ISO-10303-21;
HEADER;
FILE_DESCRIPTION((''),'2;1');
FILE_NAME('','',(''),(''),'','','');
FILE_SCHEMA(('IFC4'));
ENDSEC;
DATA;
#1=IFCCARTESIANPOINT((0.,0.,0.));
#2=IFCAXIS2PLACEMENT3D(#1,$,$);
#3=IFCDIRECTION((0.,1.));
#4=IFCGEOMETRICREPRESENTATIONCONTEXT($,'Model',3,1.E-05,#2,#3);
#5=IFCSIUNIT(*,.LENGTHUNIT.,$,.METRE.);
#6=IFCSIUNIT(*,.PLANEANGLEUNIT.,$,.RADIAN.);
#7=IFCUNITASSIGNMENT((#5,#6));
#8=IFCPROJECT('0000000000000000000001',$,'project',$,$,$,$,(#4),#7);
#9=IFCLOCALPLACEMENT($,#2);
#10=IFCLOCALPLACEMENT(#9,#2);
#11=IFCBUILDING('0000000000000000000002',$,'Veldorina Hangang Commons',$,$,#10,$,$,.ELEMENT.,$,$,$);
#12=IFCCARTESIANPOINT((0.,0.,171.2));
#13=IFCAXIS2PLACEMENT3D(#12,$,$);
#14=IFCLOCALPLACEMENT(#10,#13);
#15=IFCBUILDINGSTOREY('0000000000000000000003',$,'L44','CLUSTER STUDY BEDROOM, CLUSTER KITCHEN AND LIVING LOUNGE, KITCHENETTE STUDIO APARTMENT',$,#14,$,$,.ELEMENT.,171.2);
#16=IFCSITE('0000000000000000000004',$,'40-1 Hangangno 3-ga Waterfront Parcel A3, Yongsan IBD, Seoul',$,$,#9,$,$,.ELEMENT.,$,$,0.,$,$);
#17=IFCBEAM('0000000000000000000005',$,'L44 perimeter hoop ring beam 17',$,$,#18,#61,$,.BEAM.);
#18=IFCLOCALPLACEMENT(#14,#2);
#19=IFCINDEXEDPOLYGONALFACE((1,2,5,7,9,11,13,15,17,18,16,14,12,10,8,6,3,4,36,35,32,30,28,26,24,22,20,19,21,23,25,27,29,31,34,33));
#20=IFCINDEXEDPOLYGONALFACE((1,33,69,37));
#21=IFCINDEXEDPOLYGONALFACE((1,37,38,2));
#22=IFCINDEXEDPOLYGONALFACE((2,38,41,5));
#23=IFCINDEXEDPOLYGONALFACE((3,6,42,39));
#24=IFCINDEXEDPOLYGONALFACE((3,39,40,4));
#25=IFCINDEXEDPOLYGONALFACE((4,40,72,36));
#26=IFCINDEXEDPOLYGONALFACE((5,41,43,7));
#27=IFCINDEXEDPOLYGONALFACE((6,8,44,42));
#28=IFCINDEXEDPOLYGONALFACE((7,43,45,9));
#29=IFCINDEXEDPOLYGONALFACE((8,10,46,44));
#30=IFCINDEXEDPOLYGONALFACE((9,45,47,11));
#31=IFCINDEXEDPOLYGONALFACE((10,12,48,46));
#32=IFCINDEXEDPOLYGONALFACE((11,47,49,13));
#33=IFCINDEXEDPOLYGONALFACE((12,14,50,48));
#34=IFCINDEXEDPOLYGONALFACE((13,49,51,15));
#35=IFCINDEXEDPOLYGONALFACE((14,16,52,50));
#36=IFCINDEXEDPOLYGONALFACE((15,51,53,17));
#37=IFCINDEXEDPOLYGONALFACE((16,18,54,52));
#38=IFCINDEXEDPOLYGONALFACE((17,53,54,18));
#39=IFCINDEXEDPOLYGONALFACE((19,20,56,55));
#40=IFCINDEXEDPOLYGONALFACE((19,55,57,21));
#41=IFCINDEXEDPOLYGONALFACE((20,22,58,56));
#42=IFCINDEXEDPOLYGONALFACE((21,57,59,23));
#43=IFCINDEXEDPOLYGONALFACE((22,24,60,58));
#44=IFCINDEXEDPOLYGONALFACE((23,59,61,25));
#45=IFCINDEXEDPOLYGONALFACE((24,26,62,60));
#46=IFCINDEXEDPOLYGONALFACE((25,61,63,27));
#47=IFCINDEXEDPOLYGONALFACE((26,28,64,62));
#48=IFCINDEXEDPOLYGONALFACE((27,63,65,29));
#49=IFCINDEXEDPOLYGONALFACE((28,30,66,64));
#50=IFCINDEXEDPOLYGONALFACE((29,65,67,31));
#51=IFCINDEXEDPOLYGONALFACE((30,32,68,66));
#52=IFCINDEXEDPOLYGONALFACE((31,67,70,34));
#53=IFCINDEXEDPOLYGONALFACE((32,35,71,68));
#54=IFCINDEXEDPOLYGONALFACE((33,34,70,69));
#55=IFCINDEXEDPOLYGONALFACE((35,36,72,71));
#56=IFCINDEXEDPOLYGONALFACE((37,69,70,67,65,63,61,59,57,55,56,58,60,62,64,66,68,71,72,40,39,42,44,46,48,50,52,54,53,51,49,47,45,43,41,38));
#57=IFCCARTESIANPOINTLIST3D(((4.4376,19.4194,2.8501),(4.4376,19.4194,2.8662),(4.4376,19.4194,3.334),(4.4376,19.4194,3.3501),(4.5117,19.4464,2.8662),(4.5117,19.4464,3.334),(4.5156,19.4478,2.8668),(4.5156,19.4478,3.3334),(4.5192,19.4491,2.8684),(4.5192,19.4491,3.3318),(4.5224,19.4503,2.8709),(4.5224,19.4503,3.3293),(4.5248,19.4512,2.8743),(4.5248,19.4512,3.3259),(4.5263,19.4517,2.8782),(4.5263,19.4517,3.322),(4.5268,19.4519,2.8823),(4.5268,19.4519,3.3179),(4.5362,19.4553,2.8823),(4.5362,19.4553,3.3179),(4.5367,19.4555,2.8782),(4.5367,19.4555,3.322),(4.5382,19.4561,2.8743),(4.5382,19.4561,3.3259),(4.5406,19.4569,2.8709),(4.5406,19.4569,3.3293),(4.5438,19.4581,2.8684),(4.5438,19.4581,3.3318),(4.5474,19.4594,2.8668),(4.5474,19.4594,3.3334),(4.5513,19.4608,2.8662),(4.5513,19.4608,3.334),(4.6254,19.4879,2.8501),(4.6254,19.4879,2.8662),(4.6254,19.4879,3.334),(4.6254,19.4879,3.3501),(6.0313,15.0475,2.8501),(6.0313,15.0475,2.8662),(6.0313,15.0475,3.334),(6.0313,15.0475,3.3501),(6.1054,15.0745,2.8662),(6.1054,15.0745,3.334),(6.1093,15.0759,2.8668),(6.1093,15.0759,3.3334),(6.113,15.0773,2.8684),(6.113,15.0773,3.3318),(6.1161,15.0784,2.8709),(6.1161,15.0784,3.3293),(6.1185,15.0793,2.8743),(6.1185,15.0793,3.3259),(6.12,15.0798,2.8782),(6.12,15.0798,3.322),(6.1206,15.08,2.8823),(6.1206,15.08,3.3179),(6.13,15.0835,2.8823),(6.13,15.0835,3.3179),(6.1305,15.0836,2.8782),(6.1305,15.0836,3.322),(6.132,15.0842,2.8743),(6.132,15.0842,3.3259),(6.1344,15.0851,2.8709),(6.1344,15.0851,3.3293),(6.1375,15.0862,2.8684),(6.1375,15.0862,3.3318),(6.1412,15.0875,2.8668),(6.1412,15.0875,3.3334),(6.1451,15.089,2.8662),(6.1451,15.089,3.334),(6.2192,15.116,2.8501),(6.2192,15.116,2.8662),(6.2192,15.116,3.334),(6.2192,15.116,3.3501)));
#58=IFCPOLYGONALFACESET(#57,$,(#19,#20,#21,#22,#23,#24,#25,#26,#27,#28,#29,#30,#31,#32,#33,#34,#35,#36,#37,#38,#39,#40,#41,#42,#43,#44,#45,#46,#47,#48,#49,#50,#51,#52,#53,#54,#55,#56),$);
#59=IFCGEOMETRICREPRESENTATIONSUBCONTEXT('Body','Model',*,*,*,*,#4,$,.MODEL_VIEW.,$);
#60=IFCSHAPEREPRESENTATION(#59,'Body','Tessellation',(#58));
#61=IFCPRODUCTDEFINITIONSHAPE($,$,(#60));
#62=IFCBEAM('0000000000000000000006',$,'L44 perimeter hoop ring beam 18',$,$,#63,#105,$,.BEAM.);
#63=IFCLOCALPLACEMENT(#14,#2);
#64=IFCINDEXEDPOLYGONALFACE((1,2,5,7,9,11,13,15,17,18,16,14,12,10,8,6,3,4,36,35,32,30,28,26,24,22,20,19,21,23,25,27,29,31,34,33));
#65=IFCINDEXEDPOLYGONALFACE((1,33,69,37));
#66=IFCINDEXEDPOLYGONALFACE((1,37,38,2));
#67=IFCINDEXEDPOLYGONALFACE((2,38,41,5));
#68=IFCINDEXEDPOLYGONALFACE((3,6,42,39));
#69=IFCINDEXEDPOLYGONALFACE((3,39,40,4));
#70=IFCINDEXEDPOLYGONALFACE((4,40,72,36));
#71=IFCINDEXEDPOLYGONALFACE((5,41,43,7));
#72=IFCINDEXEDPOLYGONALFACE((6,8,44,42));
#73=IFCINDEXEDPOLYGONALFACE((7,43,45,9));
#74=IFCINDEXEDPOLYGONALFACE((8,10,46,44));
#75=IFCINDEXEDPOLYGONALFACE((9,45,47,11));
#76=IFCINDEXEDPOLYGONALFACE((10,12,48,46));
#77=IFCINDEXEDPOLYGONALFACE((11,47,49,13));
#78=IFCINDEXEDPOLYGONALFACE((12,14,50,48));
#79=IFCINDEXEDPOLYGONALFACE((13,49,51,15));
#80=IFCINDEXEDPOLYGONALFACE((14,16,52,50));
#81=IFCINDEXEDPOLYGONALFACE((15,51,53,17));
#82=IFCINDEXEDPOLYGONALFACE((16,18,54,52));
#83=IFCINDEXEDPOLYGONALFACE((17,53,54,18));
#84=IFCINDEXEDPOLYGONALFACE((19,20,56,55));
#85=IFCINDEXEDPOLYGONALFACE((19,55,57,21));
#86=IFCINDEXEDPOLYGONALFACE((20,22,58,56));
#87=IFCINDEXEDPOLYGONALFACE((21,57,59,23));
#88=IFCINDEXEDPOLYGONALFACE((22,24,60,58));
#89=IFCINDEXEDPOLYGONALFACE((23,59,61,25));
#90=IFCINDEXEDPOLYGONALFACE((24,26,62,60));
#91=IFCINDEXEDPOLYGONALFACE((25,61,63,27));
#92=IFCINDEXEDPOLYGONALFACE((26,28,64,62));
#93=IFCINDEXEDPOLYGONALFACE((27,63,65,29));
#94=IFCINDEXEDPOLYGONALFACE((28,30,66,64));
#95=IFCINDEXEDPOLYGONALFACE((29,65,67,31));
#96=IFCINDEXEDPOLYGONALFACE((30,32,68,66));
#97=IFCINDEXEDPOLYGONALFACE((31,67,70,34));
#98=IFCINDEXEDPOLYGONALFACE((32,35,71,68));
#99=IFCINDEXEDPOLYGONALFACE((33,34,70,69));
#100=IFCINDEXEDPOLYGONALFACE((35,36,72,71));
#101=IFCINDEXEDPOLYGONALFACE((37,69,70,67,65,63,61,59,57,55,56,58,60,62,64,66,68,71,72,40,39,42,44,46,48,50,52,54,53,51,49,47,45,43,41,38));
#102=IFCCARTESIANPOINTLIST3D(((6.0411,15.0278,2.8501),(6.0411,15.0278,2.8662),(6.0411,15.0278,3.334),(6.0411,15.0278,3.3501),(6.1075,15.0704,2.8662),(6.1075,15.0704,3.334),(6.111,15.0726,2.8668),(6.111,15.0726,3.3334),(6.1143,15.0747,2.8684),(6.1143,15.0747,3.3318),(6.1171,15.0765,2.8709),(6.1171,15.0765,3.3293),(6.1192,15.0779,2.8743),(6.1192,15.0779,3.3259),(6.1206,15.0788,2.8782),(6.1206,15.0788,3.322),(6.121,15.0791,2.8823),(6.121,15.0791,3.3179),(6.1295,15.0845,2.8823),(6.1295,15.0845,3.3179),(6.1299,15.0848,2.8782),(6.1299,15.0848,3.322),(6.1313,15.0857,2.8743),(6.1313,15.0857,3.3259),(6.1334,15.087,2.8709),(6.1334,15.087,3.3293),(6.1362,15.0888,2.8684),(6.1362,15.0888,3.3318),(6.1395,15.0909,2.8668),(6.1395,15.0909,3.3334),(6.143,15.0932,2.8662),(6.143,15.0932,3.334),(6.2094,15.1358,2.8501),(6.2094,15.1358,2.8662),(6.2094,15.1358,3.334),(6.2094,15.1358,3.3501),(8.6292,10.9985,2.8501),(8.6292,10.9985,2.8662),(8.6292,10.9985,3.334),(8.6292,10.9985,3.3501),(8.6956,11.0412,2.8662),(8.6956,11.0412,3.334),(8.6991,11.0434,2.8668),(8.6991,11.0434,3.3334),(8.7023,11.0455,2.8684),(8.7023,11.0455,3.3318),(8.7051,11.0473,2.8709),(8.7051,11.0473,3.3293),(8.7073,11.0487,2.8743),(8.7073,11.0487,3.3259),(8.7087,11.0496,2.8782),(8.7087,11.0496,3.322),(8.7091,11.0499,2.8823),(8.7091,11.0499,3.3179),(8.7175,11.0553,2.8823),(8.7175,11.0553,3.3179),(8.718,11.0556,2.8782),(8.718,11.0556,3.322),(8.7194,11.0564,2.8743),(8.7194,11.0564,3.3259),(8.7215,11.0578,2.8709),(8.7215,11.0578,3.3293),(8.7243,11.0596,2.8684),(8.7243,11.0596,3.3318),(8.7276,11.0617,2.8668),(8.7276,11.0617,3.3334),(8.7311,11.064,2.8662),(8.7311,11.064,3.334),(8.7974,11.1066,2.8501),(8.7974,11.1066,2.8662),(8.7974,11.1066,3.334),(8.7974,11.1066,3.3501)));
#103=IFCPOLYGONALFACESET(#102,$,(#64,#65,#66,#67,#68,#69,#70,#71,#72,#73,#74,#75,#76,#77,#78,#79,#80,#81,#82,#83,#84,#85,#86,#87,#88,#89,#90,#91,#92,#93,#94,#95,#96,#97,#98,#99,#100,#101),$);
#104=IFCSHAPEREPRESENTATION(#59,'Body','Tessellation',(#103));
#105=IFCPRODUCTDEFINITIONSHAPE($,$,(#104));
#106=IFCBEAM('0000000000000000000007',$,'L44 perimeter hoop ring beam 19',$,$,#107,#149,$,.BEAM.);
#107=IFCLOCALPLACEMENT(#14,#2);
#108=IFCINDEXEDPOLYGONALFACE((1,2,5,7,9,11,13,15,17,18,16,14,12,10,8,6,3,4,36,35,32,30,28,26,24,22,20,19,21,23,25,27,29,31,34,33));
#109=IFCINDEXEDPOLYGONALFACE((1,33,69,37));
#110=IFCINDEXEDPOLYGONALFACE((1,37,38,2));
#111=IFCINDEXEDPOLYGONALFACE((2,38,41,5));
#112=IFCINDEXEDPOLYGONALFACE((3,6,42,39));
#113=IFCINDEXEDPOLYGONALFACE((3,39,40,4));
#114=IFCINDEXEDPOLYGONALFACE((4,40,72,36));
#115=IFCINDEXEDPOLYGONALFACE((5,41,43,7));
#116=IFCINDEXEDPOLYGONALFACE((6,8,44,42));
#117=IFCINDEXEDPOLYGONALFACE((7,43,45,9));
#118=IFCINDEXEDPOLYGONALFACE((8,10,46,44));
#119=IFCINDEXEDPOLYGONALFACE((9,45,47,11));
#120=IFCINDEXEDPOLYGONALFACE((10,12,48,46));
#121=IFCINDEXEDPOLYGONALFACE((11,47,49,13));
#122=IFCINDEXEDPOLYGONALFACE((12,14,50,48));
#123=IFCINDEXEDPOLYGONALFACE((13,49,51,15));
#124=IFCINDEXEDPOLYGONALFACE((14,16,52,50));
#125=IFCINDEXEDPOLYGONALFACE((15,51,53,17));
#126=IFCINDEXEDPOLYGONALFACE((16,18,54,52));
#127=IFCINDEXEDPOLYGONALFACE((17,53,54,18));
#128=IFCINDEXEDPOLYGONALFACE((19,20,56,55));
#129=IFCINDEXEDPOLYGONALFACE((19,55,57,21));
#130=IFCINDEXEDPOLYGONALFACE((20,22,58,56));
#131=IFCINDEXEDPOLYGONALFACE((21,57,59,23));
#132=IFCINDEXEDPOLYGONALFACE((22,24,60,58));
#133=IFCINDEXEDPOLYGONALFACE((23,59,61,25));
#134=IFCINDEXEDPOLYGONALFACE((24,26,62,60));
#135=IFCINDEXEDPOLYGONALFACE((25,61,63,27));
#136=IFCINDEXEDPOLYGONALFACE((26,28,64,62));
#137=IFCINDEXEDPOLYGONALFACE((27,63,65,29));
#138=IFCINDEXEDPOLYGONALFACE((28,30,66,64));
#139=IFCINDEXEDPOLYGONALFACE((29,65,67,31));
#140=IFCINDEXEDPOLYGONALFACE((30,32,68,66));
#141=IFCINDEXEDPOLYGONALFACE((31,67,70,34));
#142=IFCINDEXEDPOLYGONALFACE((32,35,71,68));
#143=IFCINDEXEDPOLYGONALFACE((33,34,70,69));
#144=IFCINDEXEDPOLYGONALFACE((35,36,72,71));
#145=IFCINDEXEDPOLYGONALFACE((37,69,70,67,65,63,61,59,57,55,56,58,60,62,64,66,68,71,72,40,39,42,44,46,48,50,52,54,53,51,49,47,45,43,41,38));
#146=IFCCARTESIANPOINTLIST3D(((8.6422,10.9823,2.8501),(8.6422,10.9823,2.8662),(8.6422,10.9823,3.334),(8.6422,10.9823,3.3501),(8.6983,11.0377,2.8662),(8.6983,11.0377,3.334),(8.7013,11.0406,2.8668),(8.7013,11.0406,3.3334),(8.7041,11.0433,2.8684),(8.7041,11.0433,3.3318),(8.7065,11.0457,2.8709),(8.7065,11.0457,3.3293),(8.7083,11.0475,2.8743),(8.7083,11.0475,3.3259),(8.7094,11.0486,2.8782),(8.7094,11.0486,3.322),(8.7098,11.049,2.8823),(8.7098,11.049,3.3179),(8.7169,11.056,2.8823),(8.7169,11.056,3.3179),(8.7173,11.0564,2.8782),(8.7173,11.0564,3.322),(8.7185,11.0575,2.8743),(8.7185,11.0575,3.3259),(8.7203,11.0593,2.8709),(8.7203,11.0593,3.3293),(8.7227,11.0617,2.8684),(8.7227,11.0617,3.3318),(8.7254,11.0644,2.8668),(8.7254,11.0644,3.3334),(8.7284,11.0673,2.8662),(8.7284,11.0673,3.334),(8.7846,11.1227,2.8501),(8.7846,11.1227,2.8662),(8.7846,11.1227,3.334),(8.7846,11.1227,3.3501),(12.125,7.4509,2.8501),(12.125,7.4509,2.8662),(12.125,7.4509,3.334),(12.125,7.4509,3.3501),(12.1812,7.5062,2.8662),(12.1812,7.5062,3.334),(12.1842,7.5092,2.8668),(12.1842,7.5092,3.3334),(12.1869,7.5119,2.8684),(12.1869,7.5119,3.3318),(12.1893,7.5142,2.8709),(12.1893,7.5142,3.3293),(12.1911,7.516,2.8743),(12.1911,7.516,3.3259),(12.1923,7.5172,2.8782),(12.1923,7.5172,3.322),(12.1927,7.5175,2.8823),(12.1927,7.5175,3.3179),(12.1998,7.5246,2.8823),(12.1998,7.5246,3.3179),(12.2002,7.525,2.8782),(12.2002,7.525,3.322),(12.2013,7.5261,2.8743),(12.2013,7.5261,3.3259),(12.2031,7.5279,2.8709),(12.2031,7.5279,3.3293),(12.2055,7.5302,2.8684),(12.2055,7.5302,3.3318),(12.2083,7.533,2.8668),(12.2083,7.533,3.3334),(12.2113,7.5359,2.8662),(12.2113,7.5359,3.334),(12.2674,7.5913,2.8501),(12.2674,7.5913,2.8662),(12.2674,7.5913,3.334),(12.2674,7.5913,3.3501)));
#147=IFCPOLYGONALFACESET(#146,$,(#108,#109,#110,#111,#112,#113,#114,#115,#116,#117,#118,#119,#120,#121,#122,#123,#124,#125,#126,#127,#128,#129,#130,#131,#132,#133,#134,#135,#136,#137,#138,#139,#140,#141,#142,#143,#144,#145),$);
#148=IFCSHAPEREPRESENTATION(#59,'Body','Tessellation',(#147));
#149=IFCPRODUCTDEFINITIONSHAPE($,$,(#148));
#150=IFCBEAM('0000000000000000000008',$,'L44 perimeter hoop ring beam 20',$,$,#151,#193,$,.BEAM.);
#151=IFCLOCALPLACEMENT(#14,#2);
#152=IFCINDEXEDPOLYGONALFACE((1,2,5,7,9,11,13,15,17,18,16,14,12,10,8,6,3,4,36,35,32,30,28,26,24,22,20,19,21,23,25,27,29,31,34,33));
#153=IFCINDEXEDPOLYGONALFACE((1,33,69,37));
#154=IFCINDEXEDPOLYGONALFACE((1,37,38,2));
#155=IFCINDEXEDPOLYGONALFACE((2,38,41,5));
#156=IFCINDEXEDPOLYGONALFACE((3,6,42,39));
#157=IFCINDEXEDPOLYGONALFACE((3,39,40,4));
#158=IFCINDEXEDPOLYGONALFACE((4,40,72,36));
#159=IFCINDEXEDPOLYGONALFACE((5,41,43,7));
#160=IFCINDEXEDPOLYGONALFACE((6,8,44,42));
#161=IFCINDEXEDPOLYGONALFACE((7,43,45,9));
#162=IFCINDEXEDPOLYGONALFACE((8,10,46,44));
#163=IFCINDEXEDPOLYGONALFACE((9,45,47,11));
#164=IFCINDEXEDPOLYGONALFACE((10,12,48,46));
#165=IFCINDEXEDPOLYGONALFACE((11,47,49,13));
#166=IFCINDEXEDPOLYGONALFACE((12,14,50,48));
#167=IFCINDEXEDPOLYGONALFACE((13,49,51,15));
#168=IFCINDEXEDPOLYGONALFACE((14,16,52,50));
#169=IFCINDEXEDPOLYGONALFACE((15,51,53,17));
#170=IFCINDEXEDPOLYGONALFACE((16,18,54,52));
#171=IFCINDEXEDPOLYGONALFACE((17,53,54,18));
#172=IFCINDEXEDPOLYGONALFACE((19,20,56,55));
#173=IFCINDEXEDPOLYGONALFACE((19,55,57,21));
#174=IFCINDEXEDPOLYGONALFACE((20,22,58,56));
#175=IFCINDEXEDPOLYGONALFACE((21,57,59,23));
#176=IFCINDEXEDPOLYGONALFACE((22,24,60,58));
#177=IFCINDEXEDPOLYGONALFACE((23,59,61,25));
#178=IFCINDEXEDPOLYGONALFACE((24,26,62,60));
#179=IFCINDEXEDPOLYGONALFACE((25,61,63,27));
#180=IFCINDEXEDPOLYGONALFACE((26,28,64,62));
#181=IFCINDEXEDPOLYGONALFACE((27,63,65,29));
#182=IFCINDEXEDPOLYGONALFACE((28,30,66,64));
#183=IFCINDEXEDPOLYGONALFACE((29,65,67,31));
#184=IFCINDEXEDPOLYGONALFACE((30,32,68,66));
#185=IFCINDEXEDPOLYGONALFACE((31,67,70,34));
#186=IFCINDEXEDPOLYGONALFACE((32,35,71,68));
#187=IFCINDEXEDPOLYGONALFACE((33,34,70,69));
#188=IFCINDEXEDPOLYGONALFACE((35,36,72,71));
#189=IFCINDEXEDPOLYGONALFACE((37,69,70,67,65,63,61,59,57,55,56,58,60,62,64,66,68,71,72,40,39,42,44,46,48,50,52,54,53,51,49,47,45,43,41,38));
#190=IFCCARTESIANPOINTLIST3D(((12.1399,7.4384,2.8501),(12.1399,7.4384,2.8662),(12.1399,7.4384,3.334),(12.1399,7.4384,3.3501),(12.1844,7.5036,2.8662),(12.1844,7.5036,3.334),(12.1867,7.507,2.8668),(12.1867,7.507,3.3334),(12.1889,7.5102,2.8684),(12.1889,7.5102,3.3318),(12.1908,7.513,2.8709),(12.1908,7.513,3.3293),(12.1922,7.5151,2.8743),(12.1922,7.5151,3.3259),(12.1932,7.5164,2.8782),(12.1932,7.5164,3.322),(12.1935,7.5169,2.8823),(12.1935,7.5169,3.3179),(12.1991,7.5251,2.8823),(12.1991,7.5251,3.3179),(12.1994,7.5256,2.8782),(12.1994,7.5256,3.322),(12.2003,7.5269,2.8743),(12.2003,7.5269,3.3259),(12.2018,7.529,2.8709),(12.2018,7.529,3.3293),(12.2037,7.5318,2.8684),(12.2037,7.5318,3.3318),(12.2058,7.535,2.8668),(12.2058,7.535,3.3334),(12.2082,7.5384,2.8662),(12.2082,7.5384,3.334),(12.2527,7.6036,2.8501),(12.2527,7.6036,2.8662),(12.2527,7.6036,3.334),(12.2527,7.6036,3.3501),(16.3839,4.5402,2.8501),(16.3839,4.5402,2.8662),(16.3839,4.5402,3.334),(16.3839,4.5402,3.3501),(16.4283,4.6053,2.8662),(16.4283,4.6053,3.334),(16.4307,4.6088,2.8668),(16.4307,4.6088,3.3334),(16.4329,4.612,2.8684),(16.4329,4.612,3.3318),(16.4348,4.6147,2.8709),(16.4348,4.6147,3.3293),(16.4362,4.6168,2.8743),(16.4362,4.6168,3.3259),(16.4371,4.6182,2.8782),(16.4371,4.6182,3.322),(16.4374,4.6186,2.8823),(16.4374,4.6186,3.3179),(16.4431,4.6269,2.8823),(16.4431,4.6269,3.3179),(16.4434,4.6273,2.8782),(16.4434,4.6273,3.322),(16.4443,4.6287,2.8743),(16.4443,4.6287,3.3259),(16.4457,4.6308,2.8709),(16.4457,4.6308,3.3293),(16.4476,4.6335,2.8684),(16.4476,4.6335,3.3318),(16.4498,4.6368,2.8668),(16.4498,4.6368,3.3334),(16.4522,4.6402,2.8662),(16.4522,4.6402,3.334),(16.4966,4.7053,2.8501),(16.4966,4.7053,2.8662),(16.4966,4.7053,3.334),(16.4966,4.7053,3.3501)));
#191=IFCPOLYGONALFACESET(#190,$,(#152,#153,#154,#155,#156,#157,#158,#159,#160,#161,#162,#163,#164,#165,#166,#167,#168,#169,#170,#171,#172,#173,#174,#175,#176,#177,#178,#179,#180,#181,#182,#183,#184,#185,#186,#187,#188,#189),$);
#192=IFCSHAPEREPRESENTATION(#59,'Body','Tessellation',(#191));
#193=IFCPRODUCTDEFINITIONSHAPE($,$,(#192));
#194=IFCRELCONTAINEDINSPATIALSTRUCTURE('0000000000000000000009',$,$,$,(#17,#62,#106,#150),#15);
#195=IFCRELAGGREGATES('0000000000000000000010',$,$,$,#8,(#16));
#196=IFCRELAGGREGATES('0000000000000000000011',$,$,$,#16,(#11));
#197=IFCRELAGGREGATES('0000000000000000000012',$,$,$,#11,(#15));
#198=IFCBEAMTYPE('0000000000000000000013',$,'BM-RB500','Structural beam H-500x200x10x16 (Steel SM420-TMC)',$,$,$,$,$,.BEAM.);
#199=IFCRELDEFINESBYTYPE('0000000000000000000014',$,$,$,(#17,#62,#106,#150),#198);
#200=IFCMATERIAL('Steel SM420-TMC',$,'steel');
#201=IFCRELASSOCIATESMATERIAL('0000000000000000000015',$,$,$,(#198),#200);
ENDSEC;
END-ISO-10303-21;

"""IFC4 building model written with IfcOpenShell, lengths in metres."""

from ifc_helpers import new_model, si_unit, direction, frame, origin, origin_2d, place, context, subcontext, project, spatial, i_section, extrude, material, material_profile, profile_set, type_object, element, save


model = new_model("IFC4")

# Units and contexts
model_context = context("Model", 3, precision=1e-05, world=origin(), true_north=direction((0.0, 1.0)))
body_context = subcontext(model_context, "Body", "Model", "MODEL_VIEW")
ifc_project = project(units=[si_unit("LENGTHUNIT", "METRE"), si_unit("PLANEANGLEUNIT", "RADIAN")], contexts=[model_context])

# Site, building, storey
site_placement = place(None, origin())
site = spatial("IfcSite", under=ifc_project, at=site_placement, Name="40-1 Hangangno 3-ga Waterfront Parcel A3, Yongsan IBD, Seoul", CompositionType="ELEMENT", RefElevation=0.0)
building_placement = place(site_placement, origin())
building = spatial("IfcBuilding", under=site, at=building_placement, Name="Veldorina Hangang Commons", CompositionType="ELEMENT")
storey_placement = place(building_placement, frame((0.0, 0.0, 171.2)))
storey = spatial("IfcBuildingStorey", under=building, at=storey_placement, Name="L44", Description="CLUSTER STUDY BEDROOM, CLUSTER KITCHEN AND LIVING LOUNGE, KITCHENETTE STUDIO APARTMENT", CompositionType="ELEMENT", Elevation=171.2)

# Beams
ifc_material_1 = material(Name="Steel SM420-TMC", Category="steel")
ifc_material_profile_1 = material_profile(ifc_material_1, i_section(OverallWidth=0.2, OverallDepth=0.5, WebThickness=0.01, FlangeThickness=0.0161, FilletRadius=0.0161, at=origin_2d()), Name="H-500x200x10x16")
ifc_profile_set_1 = profile_set([ifc_material_profile_1], Name="Steel SM420-TMC")
beam_type = type_object("IfcBeamType", Name="BM-RB500", Description="Structural beam H-500x200x10x16 (Steel SM420-TMC)", PredefinedType="BEAM", material=ifc_profile_set_1)
beam_1_placement = place(storey_placement, frame((4.5315, 19.4536, 3.1001), z_axis=(0.342501, -0.939517, 0.0), x_axis=(0.939517, 0.342501, 0.0)))
element("IfcBeam", 1, at=beam_1_placement, inside=storey, type_object=beam_type, Name="L44 perimeter hoop ring beam 17", PredefinedType="BEAM", context=body_context, shape_type="SweptSolid", body=[
    extrude(i_section(OverallWidth=0.2, OverallDepth=0.5, WebThickness=0.01, FlangeThickness=0.0161, FilletRadius=0.0161, at=origin_2d()), origin(), (0.0, 0.0, 1.0), 4.6533),
])
beam_2_placement = place(storey_placement, frame((6.1252, 15.0818, 3.1001), z_axis=(0.540443, -0.84138, 0.0), x_axis=(0.84138, 0.540443, 0.0)))
element("IfcBeam", 2, at=beam_2_placement, inside=storey, type_object=beam_type, Name="L44 perimeter hoop ring beam 18", PredefinedType="BEAM", context=body_context, shape_type="SweptSolid", body=[
    extrude(i_section(OverallWidth=0.2, OverallDepth=0.5, WebThickness=0.01, FlangeThickness=0.0161, FilletRadius=0.0161, at=origin_2d()), origin(), (0.0, 0.0, 1.0), 4.7888),
])
beam_3_placement = place(storey_placement, frame((8.7134, 11.0525, 3.1001), z_axis=(0.702192, -0.711987, 0.0), x_axis=(0.711987, 0.702192, 0.0)))
element("IfcBeam", 3, at=beam_3_placement, inside=storey, type_object=beam_type, Name="L44 perimeter hoop ring beam 19", PredefinedType="BEAM", context=body_context, shape_type="SweptSolid", body=[
    extrude(i_section(OverallWidth=0.2, OverallDepth=0.5, WebThickness=0.01, FlangeThickness=0.0161, FilletRadius=0.0161, at=origin_2d()), origin(), (0.0, 0.0, 1.0), 4.96),
])
beam_4_placement = place(storey_placement, frame((12.1963, 7.521, 3.1001), z_axis=(0.825808, -0.563951, 0.0), x_axis=(0.563951, 0.825808, 0.0)))
element("IfcBeam", 4, at=beam_4_placement, inside=storey, type_object=beam_type, Name="L44 perimeter hoop ring beam 20", PredefinedType="BEAM", context=body_context, shape_type="SweptSolid", body=[
    extrude(i_section(OverallWidth=0.2, OverallDepth=0.5, WebThickness=0.01, FlangeThickness=0.0161, FilletRadius=0.0161, at=origin_2d()), origin(), (0.0, 0.0, 1.0), 5.1392),
])

save(model, "model.ifc")
